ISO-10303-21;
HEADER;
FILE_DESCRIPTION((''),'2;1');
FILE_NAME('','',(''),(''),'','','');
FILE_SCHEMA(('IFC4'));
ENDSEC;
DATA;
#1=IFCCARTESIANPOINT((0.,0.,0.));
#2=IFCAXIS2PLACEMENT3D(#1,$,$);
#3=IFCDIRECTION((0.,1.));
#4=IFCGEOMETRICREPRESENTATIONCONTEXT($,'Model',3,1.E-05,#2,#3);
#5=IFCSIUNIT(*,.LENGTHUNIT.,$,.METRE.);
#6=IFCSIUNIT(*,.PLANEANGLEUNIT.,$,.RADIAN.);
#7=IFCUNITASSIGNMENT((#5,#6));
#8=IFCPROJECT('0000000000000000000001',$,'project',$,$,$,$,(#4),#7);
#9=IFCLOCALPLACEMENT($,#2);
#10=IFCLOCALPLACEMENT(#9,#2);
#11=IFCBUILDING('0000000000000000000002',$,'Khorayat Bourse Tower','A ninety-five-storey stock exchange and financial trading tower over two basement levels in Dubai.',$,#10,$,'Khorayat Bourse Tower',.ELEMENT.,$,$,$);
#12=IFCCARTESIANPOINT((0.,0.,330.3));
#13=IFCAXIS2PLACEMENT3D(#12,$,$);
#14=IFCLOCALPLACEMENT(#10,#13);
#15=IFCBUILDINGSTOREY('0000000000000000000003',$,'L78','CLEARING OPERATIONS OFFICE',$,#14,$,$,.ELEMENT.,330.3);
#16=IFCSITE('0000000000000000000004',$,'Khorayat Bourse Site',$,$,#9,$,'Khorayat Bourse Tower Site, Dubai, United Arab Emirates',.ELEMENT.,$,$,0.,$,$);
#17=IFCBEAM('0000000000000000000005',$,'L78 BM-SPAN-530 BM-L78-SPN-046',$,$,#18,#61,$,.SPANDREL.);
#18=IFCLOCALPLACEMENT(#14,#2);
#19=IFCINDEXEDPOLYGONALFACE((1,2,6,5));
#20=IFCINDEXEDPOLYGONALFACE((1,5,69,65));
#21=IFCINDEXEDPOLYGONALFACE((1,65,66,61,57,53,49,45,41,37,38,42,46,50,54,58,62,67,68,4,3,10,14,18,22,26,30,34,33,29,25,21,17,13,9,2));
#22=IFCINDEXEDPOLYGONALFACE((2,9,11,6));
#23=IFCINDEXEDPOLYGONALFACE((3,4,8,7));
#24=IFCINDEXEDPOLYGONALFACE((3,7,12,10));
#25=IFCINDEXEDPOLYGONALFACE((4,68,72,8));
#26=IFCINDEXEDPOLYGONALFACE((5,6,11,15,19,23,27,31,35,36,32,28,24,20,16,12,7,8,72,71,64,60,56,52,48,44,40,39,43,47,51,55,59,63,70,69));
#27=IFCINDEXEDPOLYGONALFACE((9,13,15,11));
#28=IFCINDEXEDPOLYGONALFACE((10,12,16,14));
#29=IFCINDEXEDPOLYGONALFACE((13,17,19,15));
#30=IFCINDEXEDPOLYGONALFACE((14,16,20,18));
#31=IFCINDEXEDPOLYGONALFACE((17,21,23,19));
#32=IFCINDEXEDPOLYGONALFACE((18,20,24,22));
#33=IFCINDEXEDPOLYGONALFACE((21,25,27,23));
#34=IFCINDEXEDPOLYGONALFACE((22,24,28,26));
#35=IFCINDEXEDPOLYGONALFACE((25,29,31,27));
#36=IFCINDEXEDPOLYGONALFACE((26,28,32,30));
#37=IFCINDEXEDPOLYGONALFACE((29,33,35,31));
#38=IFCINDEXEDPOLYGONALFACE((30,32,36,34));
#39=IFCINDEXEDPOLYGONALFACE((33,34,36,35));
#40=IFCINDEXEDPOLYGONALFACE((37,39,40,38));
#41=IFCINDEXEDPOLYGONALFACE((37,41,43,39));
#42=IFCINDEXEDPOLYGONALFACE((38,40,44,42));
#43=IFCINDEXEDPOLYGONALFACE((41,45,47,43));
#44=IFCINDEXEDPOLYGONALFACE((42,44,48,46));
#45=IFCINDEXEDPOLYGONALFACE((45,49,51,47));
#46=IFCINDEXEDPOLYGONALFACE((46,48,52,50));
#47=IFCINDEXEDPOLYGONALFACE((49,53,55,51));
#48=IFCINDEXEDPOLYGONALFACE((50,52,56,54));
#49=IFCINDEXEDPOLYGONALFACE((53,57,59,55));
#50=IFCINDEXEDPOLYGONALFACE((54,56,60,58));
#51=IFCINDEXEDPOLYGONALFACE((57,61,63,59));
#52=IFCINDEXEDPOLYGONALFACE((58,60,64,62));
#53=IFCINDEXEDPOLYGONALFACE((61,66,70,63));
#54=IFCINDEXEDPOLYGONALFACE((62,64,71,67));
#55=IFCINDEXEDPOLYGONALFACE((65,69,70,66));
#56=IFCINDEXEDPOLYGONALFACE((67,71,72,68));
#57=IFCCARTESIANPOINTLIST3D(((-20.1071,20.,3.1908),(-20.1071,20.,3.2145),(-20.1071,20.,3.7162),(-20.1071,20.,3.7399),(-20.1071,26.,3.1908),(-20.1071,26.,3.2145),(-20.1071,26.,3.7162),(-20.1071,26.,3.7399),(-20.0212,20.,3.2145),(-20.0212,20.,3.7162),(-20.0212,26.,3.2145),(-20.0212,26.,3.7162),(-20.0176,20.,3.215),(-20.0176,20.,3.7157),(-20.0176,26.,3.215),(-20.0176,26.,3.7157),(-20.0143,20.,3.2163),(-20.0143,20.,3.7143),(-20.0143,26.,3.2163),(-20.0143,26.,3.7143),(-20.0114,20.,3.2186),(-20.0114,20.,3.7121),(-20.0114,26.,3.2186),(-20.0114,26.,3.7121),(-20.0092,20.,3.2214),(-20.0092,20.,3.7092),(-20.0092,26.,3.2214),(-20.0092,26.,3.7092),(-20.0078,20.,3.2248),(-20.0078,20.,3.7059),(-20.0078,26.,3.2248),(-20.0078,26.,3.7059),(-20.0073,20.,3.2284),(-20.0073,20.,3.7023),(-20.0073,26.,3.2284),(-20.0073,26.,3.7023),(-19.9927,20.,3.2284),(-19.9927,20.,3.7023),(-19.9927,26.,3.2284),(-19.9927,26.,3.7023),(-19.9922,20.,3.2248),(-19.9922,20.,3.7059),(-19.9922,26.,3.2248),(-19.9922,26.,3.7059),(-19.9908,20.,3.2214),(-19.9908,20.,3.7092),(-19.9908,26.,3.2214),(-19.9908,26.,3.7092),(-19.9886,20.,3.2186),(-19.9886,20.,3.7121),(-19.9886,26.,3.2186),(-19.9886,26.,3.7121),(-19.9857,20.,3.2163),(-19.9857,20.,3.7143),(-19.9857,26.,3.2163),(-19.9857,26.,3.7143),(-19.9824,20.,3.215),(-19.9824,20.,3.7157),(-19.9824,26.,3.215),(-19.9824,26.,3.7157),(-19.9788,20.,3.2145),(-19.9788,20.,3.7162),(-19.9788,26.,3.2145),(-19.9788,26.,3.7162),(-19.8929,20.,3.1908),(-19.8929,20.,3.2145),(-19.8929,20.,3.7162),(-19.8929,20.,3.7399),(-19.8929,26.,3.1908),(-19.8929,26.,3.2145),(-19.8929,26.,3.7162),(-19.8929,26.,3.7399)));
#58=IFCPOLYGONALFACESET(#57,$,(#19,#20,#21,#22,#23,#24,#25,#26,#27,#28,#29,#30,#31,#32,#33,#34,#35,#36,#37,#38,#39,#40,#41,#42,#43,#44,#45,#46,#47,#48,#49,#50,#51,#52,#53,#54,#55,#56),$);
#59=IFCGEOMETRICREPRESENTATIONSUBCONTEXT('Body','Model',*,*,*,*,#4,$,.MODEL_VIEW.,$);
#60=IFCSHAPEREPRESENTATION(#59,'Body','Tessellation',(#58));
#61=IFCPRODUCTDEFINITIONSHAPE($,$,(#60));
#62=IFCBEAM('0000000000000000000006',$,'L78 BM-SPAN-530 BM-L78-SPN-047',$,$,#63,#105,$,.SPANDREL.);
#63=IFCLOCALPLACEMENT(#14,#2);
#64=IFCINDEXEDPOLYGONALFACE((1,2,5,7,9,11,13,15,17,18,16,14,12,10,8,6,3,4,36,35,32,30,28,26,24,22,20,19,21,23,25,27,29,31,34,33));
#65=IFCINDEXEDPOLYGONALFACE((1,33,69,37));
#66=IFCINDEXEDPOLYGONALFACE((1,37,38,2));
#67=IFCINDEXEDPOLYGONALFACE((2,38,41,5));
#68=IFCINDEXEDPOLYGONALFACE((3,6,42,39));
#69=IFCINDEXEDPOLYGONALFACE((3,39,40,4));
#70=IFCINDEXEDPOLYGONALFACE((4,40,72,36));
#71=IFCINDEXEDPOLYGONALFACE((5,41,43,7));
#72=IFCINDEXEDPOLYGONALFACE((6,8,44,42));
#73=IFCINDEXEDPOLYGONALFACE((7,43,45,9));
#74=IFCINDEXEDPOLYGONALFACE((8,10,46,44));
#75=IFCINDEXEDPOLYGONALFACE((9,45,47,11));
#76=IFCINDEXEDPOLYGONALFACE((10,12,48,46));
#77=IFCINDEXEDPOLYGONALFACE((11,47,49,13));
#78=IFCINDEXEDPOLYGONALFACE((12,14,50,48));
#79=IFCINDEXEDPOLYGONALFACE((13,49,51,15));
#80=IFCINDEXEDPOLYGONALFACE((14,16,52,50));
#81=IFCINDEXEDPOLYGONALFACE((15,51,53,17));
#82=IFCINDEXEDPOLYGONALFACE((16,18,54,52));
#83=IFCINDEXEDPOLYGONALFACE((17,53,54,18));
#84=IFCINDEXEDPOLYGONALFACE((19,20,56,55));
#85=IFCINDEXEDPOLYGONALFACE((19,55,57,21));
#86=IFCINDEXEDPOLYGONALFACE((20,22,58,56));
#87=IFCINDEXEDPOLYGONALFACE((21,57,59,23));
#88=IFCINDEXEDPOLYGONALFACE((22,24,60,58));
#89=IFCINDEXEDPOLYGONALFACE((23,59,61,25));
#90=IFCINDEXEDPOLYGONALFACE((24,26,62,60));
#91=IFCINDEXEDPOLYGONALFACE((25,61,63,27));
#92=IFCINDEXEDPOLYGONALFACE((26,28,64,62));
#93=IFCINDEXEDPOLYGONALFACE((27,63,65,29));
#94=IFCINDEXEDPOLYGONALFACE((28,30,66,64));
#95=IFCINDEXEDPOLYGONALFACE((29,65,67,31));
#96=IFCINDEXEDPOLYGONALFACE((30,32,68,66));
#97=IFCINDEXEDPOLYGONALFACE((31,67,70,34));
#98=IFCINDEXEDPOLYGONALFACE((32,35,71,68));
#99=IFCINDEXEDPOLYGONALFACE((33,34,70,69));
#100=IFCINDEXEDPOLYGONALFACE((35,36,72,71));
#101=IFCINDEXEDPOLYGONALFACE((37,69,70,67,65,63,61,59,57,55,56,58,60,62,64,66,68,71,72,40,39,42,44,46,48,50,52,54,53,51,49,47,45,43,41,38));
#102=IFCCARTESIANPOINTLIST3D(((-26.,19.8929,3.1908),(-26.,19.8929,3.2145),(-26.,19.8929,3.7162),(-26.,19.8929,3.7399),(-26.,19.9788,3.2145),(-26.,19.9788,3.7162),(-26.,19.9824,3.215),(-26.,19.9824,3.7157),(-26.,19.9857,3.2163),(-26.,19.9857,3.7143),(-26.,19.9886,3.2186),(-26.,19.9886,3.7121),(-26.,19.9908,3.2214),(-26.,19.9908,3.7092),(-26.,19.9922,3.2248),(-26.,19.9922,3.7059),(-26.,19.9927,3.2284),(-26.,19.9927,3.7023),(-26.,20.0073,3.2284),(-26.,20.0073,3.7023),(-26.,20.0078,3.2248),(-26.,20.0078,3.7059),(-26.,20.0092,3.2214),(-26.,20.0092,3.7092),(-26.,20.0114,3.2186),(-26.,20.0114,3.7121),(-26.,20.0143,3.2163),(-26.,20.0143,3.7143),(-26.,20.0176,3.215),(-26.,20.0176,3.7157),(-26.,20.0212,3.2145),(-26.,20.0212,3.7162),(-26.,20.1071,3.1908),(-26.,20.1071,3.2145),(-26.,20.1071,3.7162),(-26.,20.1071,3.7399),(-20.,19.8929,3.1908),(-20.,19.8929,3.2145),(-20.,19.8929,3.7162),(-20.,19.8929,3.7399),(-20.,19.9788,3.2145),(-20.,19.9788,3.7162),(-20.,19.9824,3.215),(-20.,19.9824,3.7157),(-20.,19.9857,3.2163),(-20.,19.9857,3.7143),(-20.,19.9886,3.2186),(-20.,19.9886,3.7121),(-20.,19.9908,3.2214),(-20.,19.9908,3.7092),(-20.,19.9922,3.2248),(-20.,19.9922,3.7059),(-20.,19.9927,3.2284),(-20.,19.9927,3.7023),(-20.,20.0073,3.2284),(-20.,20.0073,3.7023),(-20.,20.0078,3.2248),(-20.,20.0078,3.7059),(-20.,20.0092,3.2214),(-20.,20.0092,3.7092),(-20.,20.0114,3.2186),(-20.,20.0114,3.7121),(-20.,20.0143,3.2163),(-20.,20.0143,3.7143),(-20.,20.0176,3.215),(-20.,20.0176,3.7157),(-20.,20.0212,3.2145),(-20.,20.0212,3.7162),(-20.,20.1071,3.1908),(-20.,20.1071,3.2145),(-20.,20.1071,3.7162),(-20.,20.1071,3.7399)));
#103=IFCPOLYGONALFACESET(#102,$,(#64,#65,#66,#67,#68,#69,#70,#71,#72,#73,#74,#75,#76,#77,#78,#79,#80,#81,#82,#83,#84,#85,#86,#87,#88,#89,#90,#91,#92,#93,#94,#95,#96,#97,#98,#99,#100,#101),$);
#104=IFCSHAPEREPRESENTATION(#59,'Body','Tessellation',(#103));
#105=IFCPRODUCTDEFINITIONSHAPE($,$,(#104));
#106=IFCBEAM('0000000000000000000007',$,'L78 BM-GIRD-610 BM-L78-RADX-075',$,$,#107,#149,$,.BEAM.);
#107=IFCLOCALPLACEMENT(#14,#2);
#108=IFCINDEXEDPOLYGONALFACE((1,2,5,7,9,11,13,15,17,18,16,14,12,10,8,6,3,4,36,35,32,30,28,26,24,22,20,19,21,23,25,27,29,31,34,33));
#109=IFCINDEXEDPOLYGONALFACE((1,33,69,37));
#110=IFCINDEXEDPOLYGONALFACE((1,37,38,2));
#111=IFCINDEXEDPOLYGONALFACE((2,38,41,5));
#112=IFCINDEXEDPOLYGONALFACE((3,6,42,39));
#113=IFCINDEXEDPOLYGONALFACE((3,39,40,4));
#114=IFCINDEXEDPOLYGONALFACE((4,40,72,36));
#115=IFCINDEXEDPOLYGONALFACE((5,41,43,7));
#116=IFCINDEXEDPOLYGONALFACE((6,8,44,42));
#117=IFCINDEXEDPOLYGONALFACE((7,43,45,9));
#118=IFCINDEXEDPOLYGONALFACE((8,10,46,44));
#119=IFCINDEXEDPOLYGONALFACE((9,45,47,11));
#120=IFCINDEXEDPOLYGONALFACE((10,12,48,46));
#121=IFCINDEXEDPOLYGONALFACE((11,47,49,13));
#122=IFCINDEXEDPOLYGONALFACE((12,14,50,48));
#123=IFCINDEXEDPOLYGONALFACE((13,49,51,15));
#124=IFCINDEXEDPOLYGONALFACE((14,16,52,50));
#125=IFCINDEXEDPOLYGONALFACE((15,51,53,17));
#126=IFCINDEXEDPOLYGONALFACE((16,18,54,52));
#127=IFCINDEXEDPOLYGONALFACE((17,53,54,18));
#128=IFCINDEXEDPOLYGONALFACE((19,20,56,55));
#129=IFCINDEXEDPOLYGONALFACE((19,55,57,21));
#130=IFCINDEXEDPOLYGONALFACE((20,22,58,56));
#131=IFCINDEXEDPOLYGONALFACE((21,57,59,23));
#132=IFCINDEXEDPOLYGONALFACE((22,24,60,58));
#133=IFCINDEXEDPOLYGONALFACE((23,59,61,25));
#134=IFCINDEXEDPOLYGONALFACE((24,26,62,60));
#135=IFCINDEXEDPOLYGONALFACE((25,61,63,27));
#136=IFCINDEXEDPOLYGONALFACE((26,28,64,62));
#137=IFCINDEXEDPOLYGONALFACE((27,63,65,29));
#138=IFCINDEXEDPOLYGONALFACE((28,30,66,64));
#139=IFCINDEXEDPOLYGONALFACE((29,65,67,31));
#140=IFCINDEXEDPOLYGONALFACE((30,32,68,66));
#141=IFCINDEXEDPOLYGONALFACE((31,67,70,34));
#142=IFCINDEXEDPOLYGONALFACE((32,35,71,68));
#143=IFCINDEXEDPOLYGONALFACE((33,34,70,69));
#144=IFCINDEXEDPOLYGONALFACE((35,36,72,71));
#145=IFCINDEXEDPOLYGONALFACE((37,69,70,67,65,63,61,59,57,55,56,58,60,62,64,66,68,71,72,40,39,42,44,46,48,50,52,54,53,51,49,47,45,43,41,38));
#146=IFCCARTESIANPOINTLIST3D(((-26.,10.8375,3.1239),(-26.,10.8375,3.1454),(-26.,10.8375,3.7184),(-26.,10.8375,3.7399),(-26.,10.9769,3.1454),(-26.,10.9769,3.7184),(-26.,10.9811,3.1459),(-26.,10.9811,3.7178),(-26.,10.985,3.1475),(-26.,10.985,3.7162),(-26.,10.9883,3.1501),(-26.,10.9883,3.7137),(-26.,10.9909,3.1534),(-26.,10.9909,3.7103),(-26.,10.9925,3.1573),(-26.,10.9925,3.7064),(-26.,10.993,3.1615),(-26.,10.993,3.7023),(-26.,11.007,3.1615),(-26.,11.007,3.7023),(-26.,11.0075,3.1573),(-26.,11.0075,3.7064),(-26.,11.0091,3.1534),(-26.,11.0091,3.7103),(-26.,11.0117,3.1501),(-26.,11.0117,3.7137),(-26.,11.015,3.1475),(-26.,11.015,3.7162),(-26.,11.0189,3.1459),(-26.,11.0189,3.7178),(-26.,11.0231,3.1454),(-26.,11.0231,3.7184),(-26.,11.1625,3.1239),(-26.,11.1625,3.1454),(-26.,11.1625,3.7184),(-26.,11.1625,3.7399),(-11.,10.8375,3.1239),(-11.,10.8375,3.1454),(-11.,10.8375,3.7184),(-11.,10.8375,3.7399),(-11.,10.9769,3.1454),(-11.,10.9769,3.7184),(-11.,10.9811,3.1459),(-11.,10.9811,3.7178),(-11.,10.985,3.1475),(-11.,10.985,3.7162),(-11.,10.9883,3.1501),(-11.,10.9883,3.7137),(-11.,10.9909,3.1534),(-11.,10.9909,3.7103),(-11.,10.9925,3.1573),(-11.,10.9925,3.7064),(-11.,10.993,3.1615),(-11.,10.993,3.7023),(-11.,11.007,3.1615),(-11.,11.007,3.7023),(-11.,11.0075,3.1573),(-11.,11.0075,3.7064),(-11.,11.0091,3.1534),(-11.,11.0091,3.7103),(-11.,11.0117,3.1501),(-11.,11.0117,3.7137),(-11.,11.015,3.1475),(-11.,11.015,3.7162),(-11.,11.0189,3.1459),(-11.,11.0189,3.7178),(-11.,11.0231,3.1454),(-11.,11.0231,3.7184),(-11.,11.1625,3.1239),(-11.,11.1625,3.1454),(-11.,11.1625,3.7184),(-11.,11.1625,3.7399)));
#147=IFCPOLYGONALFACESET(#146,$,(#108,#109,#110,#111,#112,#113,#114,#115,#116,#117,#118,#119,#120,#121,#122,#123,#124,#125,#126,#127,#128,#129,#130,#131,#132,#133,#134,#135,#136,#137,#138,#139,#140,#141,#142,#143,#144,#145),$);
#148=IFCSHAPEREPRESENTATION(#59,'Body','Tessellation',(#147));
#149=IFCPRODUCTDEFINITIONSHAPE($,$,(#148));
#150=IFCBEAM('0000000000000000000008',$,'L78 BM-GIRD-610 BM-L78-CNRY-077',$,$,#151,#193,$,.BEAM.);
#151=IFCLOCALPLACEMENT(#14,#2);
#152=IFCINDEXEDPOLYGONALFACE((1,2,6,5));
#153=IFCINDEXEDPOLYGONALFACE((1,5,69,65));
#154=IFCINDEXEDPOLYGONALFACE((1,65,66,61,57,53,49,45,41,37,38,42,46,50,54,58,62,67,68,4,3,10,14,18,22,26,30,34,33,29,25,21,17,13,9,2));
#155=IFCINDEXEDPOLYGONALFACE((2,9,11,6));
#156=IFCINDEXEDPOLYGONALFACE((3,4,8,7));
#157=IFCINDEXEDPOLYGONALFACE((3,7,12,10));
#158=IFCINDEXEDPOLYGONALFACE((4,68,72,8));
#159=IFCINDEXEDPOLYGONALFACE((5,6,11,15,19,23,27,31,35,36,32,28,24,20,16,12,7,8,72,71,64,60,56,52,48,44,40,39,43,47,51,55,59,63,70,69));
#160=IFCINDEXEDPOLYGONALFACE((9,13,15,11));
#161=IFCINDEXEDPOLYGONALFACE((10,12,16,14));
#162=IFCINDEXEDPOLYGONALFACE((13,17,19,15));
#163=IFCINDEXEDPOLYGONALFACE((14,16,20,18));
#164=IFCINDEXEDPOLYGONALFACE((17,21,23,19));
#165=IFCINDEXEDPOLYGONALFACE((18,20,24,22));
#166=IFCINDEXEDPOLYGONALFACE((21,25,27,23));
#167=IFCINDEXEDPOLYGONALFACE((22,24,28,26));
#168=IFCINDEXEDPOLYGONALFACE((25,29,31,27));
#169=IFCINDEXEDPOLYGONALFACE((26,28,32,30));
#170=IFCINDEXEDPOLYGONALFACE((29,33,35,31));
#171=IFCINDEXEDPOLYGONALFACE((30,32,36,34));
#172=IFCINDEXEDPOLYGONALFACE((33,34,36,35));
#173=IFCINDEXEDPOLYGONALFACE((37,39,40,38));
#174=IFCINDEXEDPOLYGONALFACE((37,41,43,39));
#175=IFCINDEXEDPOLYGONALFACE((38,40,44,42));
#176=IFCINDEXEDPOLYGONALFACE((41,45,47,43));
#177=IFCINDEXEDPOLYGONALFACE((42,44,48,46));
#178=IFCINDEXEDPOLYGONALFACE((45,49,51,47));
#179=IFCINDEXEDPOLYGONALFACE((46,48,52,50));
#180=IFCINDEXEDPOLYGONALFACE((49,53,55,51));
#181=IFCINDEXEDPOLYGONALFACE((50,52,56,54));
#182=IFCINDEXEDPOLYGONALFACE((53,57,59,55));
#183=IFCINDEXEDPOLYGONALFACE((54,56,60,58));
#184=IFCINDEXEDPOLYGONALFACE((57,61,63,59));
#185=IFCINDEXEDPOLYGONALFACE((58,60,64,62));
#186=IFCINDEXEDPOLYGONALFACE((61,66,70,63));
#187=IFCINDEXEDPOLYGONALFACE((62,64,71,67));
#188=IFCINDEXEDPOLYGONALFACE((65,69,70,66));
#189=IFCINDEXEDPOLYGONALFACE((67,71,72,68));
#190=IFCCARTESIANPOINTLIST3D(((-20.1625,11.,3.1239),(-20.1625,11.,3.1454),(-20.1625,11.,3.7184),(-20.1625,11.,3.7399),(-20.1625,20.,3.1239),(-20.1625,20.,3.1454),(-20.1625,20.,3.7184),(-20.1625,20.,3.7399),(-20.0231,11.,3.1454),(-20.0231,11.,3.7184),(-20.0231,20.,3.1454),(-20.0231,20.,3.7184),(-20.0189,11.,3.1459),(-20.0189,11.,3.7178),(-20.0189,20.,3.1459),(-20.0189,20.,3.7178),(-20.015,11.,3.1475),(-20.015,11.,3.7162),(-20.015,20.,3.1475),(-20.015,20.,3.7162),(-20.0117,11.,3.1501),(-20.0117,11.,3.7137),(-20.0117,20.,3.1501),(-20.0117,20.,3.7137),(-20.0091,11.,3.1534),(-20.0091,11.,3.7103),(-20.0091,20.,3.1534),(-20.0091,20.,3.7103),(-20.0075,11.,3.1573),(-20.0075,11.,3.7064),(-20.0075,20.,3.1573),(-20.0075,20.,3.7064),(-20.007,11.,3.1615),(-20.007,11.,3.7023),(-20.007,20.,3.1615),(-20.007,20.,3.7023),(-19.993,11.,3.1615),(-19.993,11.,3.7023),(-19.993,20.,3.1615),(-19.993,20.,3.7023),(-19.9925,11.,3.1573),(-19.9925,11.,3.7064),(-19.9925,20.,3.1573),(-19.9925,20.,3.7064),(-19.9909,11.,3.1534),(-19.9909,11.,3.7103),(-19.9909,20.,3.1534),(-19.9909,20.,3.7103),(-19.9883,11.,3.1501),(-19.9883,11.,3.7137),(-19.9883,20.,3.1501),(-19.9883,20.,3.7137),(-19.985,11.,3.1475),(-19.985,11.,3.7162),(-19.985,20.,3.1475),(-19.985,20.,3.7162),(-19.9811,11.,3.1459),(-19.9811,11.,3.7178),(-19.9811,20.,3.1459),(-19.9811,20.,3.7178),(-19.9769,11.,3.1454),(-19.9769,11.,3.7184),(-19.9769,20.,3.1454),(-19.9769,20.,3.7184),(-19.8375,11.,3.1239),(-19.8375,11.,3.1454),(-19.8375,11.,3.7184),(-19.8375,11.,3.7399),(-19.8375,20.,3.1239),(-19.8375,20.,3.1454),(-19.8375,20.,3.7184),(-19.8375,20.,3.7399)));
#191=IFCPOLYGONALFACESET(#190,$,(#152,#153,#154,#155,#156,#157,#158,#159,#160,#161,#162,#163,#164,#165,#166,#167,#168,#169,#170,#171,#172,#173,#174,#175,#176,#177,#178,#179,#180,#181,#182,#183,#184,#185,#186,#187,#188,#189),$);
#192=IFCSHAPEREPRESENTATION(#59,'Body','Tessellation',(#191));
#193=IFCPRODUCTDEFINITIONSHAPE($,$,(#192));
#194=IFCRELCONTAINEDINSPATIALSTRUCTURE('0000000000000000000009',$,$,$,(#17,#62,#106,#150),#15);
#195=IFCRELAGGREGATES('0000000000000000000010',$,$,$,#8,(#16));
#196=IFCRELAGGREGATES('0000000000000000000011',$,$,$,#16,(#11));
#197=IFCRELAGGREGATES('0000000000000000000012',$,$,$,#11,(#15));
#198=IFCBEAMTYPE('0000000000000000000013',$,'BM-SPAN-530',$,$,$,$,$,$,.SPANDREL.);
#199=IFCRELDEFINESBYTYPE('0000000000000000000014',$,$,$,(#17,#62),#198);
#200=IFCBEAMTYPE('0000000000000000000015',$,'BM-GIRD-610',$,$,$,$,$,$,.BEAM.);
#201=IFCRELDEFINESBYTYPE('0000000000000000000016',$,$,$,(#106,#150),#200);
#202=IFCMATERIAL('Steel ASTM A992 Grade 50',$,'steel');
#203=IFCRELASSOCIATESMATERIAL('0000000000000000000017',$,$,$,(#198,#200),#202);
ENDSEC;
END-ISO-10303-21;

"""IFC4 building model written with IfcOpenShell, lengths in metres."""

from ifc_helpers import new_model, si_unit, direction, frame, origin, origin_2d, place, context, subcontext, project, spatial, i_section, extrude, source, transform, mapped, material, material_profile, profile_set, type_object, element, save


model = new_model("IFC4")

# Units and contexts
model_context = context("Model", 3, precision=1e-05, world=origin(), true_north=direction((0.0, 1.0)))
body_context = subcontext(model_context, "Body", "Model", "MODEL_VIEW")
ifc_project = project(units=[si_unit("LENGTHUNIT", "METRE"), si_unit("PLANEANGLEUNIT", "RADIAN")], contexts=[model_context])

# Site, building, storey
site_placement = place(None, origin())
site = spatial("IfcSite", under=ifc_project, at=site_placement, Name="Khorayat Bourse Site", LongName="Khorayat Bourse Tower Site, Dubai, United Arab Emirates", CompositionType="ELEMENT", RefElevation=0.0)
building_placement = place(site_placement, origin())
building = spatial("IfcBuilding", under=site, at=building_placement, Name="Khorayat Bourse Tower", Description="A ninety-five-storey stock exchange and financial trading tower over two basement levels in Dubai.", LongName="Khorayat Bourse Tower", CompositionType="ELEMENT")
storey_placement = place(building_placement, frame((0.0, 0.0, 330.3)))
storey = spatial("IfcBuildingStorey", under=building, at=storey_placement, Name="L78", Description="CLEARING OPERATIONS OFFICE", CompositionType="ELEMENT", Elevation=330.3)

# Beams
ifc_material_1 = material(Name="Steel ASTM A992 Grade 50", Category="steel")
ifc_material_profile_1 = material_profile(ifc_material_1, i_section(OverallWidth=0.2141, OverallDepth=0.5491, WebThickness=0.0146, FlangeThickness=0.0237, FilletRadius=0.0139, at=origin_2d()), Name="W530X138")
ifc_profile_set_1 = profile_set([ifc_material_profile_1], Name="Steel ASTM A992 Grade 50")
beam_type_1 = type_object("IfcBeamType", Name="BM-SPAN-530", PredefinedType="SPANDREL", material=ifc_profile_set_1)
shared_shape_1 = source(origin(), body_context, "Body", "SweptSolid", [
    extrude(i_section(OverallWidth=0.2141, OverallDepth=0.5491, WebThickness=0.0146, FlangeThickness=0.0237, FilletRadius=0.0139, at=origin_2d()), origin(), (0.0, 0.0, 1.0), 6.0),
])
for number, where, z_axis, x_axis, name in (
    (1, (-20.0, 20.0, 3.4653), (0.0, 1.0, 0.0), (-1.0, 0.0, 0.0), "L78 BM-SPAN-530 BM-L78-SPN-046"),
    (2, (-26.0, 20.0, 3.4653), (1.0, 0.0, 0.0), (0.0, 1.0, 0.0), "L78 BM-SPAN-530 BM-L78-SPN-047"),
):
    element("IfcBeam", number, at=place(storey_placement, frame(where, z_axis=z_axis, x_axis=x_axis)), inside=storey, type_object=beam_type_1, Name=name, PredefinedType="SPANDREL", context=body_context, shape_type="MappedRepresentation", body=[
        mapped(shared_shape_1, transform((0.0, 0.0, 0.0), scale=1.0)),
    ])
ifc_material_profile_2 = material_profile(ifc_material_1, i_section(OverallWidth=0.325, OverallDepth=0.616, WebThickness=0.0139, FlangeThickness=0.0215, FilletRadius=0.0161, at=origin_2d()), Name="W610X174")
ifc_profile_set_2 = profile_set([ifc_material_profile_2], Name="Steel ASTM A992 Grade 50")
beam_type_2 = type_object("IfcBeamType", Name="BM-GIRD-610", PredefinedType="BEAM", material=ifc_profile_set_2)
shared_shape_2 = source(origin(), body_context, "Body", "SweptSolid", [
    extrude(i_section(OverallWidth=0.325, OverallDepth=0.616, WebThickness=0.0139, FlangeThickness=0.0215, FilletRadius=0.0161, at=origin_2d()), origin(), (0.0, 0.0, 1.0), 15.0),
])
beam_1_placement = place(storey_placement, frame((-26.0, 11.0, 3.4319), z_axis=(1.0, 0.0, 0.0), x_axis=(0.0, 1.0, 0.0)))
element("IfcBeam", 3, at=beam_1_placement, inside=storey, type_object=beam_type_2, Name="L78 BM-GIRD-610 BM-L78-RADX-075", PredefinedType="BEAM", context=body_context, shape_type="MappedRepresentation", body=[
    mapped(shared_shape_2, transform((0.0, 0.0, 0.0), scale=1.0)),
])
shared_shape_3 = source(origin(), body_context, "Body", "SweptSolid", [
    extrude(i_section(OverallWidth=0.325, OverallDepth=0.616, WebThickness=0.0139, FlangeThickness=0.0215, FilletRadius=0.0161, at=origin_2d()), origin(), (0.0, 0.0, 1.0), 9.0),
])
beam_2_placement = place(storey_placement, frame((-20.0, 11.0, 3.4319), z_axis=(0.0, 1.0, 0.0), x_axis=(-1.0, 0.0, 0.0)))
element("IfcBeam", 4, at=beam_2_placement, inside=storey, type_object=beam_type_2, Name="L78 BM-GIRD-610 BM-L78-CNRY-077", PredefinedType="BEAM", context=body_context, shape_type="MappedRepresentation", body=[
    mapped(shared_shape_3, transform((0.0, 0.0, 0.0), scale=1.0)),
])

save(model, "model.ifc")
